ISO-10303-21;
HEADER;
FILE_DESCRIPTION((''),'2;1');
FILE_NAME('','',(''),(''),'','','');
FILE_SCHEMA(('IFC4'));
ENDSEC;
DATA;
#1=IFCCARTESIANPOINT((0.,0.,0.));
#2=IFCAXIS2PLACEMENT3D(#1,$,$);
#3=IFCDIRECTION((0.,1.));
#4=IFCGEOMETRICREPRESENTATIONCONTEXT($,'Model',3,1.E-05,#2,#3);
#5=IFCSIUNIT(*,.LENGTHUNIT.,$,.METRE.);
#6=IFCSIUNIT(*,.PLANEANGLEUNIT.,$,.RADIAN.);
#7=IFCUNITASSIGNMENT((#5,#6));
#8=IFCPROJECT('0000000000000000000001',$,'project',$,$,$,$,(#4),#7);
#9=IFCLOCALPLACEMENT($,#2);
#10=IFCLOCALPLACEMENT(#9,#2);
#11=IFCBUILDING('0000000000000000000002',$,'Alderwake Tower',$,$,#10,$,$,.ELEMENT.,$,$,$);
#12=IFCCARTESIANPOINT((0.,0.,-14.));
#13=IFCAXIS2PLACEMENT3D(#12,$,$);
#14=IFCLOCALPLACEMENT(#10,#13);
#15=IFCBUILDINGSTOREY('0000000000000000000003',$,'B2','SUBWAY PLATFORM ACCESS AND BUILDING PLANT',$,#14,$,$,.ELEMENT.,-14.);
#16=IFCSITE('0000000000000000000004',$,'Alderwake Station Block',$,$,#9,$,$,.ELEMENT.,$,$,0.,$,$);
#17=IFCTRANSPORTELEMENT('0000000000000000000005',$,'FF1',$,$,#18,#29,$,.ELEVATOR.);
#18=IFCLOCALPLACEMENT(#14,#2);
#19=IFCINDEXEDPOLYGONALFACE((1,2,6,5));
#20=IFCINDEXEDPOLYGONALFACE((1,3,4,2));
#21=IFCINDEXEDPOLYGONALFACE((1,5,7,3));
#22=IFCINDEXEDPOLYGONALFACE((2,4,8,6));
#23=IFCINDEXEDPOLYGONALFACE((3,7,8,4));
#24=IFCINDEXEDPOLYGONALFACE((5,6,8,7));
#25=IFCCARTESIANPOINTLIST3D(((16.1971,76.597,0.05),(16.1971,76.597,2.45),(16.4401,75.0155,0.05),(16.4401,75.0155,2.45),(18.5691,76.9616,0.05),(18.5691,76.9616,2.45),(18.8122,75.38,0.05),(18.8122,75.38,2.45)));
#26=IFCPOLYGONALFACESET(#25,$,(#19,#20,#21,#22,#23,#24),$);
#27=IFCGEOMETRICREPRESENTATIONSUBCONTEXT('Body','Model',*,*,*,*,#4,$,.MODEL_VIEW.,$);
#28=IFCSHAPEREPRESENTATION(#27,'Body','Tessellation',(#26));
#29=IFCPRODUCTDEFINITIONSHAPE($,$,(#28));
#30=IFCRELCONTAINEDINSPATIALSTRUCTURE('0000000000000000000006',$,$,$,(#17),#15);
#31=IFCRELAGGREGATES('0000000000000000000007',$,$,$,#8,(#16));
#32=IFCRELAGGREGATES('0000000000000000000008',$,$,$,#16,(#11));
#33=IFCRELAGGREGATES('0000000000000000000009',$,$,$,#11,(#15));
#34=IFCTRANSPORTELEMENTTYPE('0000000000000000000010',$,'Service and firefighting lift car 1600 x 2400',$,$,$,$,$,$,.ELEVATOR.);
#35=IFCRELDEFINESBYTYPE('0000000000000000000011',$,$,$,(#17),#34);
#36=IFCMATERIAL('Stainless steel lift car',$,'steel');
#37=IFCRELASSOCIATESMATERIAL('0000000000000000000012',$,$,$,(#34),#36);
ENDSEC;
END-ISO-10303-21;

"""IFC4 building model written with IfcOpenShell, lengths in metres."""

from ifc_helpers import new_model, si_unit, direction, frame, origin, origin_2d, place, context, subcontext, project, spatial, rectangle, extrude, material, type_object, element, save


model = new_model("IFC4")

# Units and contexts
model_context = context("Model", 3, precision=1e-05, world=origin(), true_north=direction((0.0, 1.0)))
body_context = subcontext(model_context, "Body", "Model", "MODEL_VIEW")
ifc_project = project(units=[si_unit("LENGTHUNIT", "METRE"), si_unit("PLANEANGLEUNIT", "RADIAN")], contexts=[model_context])

# Site, building, storey
site_placement = place(None, origin())
site = spatial("IfcSite", under=ifc_project, at=site_placement, Name="Alderwake Station Block", CompositionType="ELEMENT", RefElevation=0.0)
building_placement = place(site_placement, origin())
building = spatial("IfcBuilding", under=site, at=building_placement, Name="Alderwake Tower", CompositionType="ELEMENT")
storey_placement = place(building_placement, frame((0.0, 0.0, -14.0)))
storey = spatial("IfcBuildingStorey", under=building, at=storey_placement, Name="B2", Description="SUBWAY PLATFORM ACCESS AND BUILDING PLANT", CompositionType="ELEMENT", Elevation=-14.0)

# Transport element
ifc_material_1 = material(Name="Stainless steel lift car", Category="steel")
transport_element_type = type_object("IfcTransportElementType", Name="Service and firefighting lift car 1600 x 2400", PredefinedType="ELEVATOR", material=ifc_material_1)
transport_element_placement = place(storey_placement, frame((17.5046, 75.9885, 0.05), z_axis=(0.0, 0.0, 1.0), x_axis=(0.988394, 0.151909, 0.0)))
element("IfcTransportElement", 1, at=transport_element_placement, inside=storey, type_object=transport_element_type, Name="FF1", PredefinedType="ELEVATOR", context=body_context, shape_type="SweptSolid", body=[
    extrude(rectangle(XDim=2.3999, YDim=1.6001, at=origin_2d()), origin(), (0.0, 0.0, 1.0), 2.3999),
])

save(model, "model.ifc")
